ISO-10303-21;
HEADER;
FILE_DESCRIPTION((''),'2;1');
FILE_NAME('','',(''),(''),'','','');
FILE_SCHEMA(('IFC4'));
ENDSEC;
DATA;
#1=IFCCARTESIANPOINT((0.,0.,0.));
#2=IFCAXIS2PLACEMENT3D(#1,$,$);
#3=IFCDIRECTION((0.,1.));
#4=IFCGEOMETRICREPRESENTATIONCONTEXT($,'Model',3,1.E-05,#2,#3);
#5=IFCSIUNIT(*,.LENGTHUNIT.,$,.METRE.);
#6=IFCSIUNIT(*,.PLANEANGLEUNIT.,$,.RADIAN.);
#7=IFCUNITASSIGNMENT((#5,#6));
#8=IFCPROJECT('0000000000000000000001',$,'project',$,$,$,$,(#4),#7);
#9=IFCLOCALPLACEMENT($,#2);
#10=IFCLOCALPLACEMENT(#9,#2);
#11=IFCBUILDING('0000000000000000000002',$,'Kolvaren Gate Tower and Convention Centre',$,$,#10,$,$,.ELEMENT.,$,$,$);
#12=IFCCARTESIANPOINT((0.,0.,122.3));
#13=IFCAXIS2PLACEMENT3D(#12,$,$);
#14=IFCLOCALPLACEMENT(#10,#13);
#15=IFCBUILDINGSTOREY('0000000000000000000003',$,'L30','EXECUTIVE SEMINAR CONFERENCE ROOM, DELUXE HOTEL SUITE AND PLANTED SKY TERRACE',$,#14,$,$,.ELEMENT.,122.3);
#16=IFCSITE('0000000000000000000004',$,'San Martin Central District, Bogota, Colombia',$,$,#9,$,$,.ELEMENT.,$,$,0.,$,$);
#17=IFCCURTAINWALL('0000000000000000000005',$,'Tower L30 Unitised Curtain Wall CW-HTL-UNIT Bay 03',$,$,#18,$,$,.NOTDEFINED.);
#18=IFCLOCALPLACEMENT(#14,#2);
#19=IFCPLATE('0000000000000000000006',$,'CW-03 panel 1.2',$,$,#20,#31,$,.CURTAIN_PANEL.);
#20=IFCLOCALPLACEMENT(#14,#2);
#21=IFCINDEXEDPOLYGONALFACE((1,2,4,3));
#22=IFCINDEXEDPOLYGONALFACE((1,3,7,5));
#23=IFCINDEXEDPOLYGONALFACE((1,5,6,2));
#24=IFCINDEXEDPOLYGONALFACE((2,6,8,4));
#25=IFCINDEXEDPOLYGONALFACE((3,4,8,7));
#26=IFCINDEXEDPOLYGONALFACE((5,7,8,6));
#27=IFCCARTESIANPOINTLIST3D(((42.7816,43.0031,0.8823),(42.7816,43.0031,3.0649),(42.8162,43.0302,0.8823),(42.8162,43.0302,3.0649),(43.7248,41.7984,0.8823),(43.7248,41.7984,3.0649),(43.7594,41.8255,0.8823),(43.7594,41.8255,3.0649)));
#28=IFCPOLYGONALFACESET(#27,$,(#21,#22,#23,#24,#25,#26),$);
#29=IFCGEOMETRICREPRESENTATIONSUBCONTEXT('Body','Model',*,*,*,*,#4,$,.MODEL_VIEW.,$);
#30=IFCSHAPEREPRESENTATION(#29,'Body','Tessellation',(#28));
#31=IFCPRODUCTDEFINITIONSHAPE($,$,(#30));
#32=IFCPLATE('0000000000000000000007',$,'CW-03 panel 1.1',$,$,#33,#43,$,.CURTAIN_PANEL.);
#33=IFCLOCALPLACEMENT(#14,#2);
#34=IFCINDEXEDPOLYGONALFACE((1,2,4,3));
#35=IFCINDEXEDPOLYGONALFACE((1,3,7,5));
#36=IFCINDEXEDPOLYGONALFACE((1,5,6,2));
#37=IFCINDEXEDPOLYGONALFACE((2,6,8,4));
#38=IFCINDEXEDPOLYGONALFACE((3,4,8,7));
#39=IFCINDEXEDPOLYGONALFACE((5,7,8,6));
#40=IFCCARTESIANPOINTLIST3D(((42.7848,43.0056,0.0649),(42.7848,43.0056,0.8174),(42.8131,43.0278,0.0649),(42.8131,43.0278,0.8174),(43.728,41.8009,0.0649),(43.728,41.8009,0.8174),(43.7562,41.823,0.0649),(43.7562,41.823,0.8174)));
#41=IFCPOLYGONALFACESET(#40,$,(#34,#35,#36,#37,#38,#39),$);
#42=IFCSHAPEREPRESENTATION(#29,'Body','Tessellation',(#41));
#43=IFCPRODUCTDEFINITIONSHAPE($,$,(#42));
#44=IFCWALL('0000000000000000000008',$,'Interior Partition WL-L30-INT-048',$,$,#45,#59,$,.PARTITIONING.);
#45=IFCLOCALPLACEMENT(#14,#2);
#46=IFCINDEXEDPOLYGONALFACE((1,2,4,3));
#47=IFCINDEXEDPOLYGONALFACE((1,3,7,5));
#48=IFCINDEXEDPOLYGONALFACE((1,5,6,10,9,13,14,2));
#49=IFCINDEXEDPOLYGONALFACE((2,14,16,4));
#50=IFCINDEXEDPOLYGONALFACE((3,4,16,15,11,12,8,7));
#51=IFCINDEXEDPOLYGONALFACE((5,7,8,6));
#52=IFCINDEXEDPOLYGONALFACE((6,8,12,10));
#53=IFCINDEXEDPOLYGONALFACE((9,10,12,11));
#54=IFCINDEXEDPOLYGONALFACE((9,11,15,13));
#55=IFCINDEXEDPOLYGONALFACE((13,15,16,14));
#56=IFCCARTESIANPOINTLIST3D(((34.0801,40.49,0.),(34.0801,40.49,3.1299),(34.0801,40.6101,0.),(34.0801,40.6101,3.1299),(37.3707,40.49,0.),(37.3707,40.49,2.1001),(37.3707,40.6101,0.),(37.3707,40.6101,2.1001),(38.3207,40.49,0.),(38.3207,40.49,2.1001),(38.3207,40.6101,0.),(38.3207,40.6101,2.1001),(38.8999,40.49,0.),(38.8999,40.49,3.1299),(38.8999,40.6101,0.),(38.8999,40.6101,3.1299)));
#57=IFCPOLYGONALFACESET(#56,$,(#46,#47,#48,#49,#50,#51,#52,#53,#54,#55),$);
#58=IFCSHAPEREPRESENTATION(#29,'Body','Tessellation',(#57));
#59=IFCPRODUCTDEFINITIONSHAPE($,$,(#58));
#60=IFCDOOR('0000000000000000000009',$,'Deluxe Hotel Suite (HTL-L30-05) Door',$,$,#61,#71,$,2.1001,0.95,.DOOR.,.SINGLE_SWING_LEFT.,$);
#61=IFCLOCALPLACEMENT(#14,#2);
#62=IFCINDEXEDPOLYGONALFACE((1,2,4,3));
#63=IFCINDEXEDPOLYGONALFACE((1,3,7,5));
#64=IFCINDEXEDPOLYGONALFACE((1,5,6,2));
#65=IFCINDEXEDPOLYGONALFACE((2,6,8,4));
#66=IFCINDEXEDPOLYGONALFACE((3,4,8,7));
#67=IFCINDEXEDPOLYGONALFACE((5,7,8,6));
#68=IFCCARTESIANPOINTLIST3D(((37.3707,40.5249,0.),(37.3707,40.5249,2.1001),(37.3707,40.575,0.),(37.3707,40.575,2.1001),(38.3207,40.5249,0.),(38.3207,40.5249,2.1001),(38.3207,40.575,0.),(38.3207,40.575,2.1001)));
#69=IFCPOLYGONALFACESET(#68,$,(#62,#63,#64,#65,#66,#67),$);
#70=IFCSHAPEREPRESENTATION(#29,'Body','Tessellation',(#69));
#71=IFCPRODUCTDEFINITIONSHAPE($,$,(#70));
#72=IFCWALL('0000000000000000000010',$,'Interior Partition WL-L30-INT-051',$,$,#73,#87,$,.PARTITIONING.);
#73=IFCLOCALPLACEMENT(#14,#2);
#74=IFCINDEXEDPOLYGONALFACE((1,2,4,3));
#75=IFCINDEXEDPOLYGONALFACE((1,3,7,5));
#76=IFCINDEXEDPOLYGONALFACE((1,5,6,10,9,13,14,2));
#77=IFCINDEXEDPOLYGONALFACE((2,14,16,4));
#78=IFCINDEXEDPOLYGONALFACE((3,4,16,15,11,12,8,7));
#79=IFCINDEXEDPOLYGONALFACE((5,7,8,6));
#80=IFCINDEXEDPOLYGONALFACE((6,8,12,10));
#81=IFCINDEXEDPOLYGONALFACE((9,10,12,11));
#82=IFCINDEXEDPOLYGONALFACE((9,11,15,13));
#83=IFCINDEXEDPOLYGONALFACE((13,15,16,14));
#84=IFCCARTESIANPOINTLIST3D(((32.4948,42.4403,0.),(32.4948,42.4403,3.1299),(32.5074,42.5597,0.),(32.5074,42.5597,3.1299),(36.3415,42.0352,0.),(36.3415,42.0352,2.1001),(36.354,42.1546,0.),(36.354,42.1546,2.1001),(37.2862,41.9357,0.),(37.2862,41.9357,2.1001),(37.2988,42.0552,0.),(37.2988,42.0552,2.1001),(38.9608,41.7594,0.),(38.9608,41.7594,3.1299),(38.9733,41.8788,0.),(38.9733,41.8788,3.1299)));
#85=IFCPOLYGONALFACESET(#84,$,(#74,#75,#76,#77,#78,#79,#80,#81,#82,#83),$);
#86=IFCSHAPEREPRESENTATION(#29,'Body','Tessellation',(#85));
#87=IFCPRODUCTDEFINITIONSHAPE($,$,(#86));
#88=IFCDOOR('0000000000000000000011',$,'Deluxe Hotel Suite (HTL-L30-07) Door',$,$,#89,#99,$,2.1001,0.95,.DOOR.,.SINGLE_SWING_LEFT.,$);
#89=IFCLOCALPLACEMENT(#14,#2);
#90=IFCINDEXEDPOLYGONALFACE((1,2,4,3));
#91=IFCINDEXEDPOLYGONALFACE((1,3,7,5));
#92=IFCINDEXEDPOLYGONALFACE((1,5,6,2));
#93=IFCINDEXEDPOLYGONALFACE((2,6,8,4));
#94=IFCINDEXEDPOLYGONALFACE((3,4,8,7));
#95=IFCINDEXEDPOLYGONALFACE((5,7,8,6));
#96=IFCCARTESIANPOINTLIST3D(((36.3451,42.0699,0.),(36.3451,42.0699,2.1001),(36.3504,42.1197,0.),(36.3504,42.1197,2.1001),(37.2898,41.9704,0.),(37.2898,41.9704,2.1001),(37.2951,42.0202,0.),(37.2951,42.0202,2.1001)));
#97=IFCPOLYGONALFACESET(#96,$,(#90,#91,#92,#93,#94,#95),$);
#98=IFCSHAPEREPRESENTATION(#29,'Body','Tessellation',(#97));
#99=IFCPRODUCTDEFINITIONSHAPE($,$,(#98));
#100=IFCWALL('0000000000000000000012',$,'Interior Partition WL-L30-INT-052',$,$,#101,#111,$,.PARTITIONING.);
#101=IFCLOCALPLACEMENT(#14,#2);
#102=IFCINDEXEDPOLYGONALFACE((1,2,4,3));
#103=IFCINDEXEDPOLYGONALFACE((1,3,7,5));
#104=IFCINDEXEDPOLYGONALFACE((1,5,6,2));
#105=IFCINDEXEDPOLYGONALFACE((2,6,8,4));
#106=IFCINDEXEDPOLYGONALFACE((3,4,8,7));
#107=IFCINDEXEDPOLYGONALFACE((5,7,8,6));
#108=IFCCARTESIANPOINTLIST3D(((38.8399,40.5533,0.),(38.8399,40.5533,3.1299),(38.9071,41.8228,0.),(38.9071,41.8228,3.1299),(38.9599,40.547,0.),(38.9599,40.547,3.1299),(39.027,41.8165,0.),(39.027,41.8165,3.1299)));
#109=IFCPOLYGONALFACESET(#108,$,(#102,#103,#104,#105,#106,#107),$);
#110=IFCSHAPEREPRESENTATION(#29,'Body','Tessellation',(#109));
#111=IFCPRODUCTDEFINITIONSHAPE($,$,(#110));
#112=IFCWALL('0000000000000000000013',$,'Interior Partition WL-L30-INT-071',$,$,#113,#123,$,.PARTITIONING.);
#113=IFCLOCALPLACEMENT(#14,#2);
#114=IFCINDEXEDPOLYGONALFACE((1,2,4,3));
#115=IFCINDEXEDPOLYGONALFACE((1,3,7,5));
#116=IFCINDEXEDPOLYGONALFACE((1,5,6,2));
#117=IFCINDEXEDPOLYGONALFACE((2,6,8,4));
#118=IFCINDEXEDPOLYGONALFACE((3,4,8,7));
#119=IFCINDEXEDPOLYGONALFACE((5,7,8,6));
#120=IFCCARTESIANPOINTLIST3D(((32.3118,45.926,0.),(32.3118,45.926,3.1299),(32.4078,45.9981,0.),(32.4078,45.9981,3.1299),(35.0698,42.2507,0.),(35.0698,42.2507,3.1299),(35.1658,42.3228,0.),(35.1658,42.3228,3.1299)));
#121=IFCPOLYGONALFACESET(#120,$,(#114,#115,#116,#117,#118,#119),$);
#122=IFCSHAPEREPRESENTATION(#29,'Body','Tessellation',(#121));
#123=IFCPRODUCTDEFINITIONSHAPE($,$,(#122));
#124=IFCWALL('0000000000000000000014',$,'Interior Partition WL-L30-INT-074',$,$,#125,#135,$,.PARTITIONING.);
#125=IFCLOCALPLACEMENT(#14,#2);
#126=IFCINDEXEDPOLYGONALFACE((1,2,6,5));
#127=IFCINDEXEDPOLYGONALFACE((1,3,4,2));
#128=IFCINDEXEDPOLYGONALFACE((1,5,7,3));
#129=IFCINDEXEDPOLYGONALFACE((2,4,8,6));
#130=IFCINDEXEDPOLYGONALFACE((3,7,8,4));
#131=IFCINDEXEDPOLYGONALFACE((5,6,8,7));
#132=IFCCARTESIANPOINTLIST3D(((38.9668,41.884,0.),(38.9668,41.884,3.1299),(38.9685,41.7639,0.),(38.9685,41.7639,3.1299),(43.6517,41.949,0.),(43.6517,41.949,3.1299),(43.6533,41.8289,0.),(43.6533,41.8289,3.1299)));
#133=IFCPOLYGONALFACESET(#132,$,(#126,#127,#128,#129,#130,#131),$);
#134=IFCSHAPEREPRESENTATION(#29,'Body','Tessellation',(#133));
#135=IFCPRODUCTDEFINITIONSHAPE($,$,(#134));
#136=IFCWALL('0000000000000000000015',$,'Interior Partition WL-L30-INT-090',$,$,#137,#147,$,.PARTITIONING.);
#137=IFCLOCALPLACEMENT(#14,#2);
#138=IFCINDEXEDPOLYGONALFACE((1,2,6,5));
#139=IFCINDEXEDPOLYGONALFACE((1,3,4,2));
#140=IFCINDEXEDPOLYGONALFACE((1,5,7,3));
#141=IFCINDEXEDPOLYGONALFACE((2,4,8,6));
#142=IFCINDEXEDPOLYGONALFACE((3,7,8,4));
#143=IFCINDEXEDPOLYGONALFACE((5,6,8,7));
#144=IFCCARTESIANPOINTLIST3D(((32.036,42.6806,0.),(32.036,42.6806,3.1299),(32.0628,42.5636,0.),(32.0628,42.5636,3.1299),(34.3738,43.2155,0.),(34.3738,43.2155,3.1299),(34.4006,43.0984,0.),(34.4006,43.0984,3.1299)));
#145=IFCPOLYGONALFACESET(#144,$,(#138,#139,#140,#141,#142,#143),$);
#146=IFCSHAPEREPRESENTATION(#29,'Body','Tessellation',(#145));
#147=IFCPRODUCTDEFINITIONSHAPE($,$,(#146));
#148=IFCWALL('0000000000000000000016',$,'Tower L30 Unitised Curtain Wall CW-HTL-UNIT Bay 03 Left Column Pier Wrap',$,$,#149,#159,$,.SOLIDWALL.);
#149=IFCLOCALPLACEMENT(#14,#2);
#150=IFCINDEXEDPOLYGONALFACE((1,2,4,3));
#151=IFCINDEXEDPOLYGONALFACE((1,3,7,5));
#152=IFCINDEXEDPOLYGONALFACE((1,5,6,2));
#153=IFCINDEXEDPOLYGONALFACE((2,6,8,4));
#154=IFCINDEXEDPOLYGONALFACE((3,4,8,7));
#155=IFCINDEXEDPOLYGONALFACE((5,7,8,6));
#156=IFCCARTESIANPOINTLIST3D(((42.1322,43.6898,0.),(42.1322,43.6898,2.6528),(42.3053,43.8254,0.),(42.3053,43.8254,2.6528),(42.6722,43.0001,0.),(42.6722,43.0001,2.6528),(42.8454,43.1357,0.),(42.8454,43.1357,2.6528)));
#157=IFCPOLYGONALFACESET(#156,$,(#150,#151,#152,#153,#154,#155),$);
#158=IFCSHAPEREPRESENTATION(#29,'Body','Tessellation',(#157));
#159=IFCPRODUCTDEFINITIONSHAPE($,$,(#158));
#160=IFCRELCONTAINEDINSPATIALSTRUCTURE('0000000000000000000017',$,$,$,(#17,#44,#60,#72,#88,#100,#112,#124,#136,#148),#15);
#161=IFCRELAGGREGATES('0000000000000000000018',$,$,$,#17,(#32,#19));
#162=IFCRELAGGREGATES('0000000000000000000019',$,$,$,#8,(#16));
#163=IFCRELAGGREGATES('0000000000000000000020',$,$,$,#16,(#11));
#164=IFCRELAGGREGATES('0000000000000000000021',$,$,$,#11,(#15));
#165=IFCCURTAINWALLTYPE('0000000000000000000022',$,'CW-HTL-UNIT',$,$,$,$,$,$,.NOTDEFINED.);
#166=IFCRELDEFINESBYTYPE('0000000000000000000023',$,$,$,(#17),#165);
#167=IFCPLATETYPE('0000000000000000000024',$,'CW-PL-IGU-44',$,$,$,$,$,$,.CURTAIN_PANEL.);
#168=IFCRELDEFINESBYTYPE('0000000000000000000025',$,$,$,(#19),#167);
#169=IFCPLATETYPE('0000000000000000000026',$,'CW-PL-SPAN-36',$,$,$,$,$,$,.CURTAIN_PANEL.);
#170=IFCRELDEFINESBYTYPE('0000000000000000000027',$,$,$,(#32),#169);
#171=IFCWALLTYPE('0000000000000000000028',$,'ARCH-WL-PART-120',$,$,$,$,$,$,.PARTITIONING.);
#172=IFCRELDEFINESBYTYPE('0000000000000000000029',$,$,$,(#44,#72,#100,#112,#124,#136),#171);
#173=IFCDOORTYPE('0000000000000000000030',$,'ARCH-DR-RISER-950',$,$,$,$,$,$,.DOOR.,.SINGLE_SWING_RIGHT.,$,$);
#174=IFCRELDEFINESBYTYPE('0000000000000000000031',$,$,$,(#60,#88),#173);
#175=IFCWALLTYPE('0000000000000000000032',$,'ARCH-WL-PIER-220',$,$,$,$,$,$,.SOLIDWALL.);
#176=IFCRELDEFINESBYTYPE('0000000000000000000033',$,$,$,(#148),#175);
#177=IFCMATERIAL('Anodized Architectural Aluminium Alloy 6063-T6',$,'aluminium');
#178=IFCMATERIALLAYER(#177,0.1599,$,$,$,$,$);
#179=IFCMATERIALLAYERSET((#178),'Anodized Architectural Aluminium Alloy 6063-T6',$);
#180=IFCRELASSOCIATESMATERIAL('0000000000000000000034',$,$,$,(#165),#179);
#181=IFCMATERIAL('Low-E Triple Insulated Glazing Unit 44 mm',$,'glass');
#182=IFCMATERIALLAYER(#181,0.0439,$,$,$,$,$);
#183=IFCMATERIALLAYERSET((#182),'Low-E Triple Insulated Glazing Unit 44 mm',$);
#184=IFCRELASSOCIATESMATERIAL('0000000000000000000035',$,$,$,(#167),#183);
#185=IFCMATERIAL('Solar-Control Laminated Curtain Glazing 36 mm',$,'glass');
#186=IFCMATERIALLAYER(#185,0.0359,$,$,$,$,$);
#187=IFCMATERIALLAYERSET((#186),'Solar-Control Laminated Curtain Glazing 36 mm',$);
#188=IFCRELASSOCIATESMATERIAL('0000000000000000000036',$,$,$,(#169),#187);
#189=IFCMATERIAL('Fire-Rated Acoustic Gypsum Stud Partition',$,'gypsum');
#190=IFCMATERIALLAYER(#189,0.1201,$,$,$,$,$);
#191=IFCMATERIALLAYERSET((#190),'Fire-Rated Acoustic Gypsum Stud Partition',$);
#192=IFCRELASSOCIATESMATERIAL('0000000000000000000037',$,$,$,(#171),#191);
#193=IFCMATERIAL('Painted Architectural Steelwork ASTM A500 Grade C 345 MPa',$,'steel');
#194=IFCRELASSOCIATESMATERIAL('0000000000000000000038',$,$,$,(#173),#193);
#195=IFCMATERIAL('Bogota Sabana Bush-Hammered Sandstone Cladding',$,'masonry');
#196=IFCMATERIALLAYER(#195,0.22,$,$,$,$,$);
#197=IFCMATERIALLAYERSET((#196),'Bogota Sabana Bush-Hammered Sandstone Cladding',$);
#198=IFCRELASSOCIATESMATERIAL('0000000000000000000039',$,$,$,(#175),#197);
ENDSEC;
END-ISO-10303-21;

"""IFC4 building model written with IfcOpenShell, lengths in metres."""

from ifc_helpers import new_model, si_unit, direction, frame, frame_2d, origin, origin_2d, place, context, subcontext, project, spatial, rectangle, extrude, material, layer, layer_set, type_object, element, fill, aggregate, save


model = new_model("IFC4")

# Units and contexts
model_context = context("Model", 3, precision=1e-05, world=origin(), true_north=direction((0.0, 1.0)))
body_context = subcontext(model_context, "Body", "Model", "MODEL_VIEW")
ifc_project = project(units=[si_unit("LENGTHUNIT", "METRE"), si_unit("PLANEANGLEUNIT", "RADIAN")], contexts=[model_context])

# Site, building, storey
site_placement = place(None, origin())
site = spatial("IfcSite", under=ifc_project, at=site_placement, Name="San Martin Central District, Bogota, Colombia", CompositionType="ELEMENT", RefElevation=0.0)
building_placement = place(site_placement, origin())
building = spatial("IfcBuilding", under=site, at=building_placement, Name="Kolvaren Gate Tower and Convention Centre", CompositionType="ELEMENT")
storey_placement = place(building_placement, frame((0.0, 0.0, 122.3)))
storey = spatial("IfcBuildingStorey", under=building, at=storey_placement, Name="L30", Description="EXECUTIVE SEMINAR CONFERENCE ROOM, DELUXE HOTEL SUITE AND PLANTED SKY TERRACE", CompositionType="ELEMENT", Elevation=122.3)

# Curtain wall
ifc_material_1 = material(Name="Anodized Architectural Aluminium Alloy 6063-T6", Category="aluminium")
ifc_layer_1 = layer(ifc_material_1, 0.1599)
ifc_layer_set_1 = layer_set([ifc_layer_1], Name="Anodized Architectural Aluminium Alloy 6063-T6")
curtain_wall_type = type_object("IfcCurtainWallType", Name="CW-HTL-UNIT", PredefinedType="NOTDEFINED", material=ifc_layer_set_1)
curtain_wall_placement = place(storey_placement, origin())
curtain_wall = element("IfcCurtainWall", 1, at=curtain_wall_placement, inside=storey, type_object=curtain_wall_type, Name="Tower L30 Unitised Curtain Wall CW-HTL-UNIT Bay 03", PredefinedType="NOTDEFINED")

# Plates
ifc_material_2 = material(Name="Low-E Triple Insulated Glazing Unit 44 mm", Category="glass")
ifc_layer_2 = layer(ifc_material_2, 0.0439)
ifc_layer_set_2 = layer_set([ifc_layer_2], Name="Low-E Triple Insulated Glazing Unit 44 mm")
plate_type_1 = type_object("IfcPlateType", Name="CW-PL-IGU-44", PredefinedType="CURTAIN_PANEL", material=ifc_layer_set_2)
plate_1_placement = place(storey_placement, frame((43.2705, 42.4143, 0.8823), z_axis=(0.0, 0.0, 1.0), x_axis=(0.616426, -0.787413, 0.0)))
plate_1 = element("IfcPlate", 2, at=plate_1_placement, type_object=plate_type_1, Name="CW-03 panel 1.2", PredefinedType="CURTAIN_PANEL", context=body_context, shape_type="SweptSolid", body=[
    extrude(rectangle(XDim=1.53, YDim=0.0439, at=origin_2d()), origin(), (0.0, 0.0, 1.0), 2.1826),
])
ifc_material_3 = material(Name="Solar-Control Laminated Curtain Glazing 36 mm", Category="glass")
ifc_layer_3 = layer(ifc_material_3, 0.0359)
ifc_layer_set_3 = layer_set([ifc_layer_3], Name="Solar-Control Laminated Curtain Glazing 36 mm")
plate_type_2 = type_object("IfcPlateType", Name="CW-PL-SPAN-36", PredefinedType="CURTAIN_PANEL", material=ifc_layer_set_3)
plate_2_placement = place(storey_placement, frame((43.2705, 42.4143, 0.0649), z_axis=(0.0, 0.0, 1.0), x_axis=(0.616426, -0.787413, 0.0)))
plate_2 = element("IfcPlate", 3, at=plate_2_placement, type_object=plate_type_2, Name="CW-03 panel 1.1", PredefinedType="CURTAIN_PANEL", context=body_context, shape_type="SweptSolid", body=[
    extrude(rectangle(XDim=1.53, YDim=0.0359, at=origin_2d()), origin(), (0.0, 0.0, 1.0), 0.7524),
])
aggregate(curtain_wall, [plate_2, plate_1])

# Walls, openings, doors
ifc_material_4 = material(Name="Fire-Rated Acoustic Gypsum Stud Partition", Category="gypsum")
ifc_layer_4 = layer(ifc_material_4, 0.1201)
ifc_layer_set_4 = layer_set([ifc_layer_4], Name="Fire-Rated Acoustic Gypsum Stud Partition")
wall_type_1 = type_object("IfcWallType", Name="ARCH-WL-PART-120", PredefinedType="PARTITIONING", material=ifc_layer_set_4)
wall_1_placement = place(storey_placement, frame((34.0801, 40.55, 0.0), z_axis=(0.0, 0.0, 1.0), x_axis=(1.0, 0.0, 0.0)))
wall_1 = element("IfcWall", 4, at=wall_1_placement, inside=storey, type_object=wall_type_1, Name="Interior Partition WL-L30-INT-048", PredefinedType="PARTITIONING", context=body_context, shape_type="SweptSolid", body=[
    extrude(rectangle(XDim=4.8198, YDim=0.1201, at=frame_2d((2.4099, 0.0))), origin(), (0.0, 0.0, 1.0), 3.1299),
])
opening_1_placement = place(wall_1_placement, frame((3.2905, 0.0, 0.0)))
opening_1 = element("IfcOpeningElement", 5, at=opening_1_placement, cuts=wall_1, PredefinedType="OPENING", context=body_context, shape_type="SweptSolid", body=[
    extrude(rectangle(XDim=0.95, YDim=2.1001, at=frame_2d((0.4751, 1.05))), frame((0.0, 0.0701, 0.0), z_axis=(0.0, -1.0, 0.0), x_axis=(1.0, 0.0, 0.0)), (0.0, 0.0, 1.0), 0.1401),
])
ifc_material_5 = material(Name="Painted Architectural Steelwork ASTM A500 Grade C 345 MPa", Category="steel")
door_type_1 = type_object("IfcDoorType", Name="ARCH-DR-RISER-950", OperationType="SINGLE_SWING_RIGHT", PredefinedType="DOOR", material=ifc_material_5)
door_1_placement = place(opening_1_placement, origin())
door_1 = element("IfcDoor", 6, at=door_1_placement, inside=storey, type_object=door_type_1, Name="Deluxe Hotel Suite (HTL-L30-05) Door", OperationType="SINGLE_SWING_LEFT", OverallHeight=2.1001, OverallWidth=0.95, PredefinedType="DOOR", context=body_context, shape_type="SweptSolid", body=[
    extrude(rectangle(XDim=0.95, YDim=2.1001, at=frame_2d((0.4751, 1.05))), frame((0.0, 0.0249, 0.0), z_axis=(0.0, -1.0, 0.0), x_axis=(1.0, 0.0, 0.0)), (0.0, 0.0, 1.0), 0.05),
])
fill(opening_1, door_1)
wall_2_placement = place(storey_placement, frame((32.501, 42.5, 0.0), z_axis=(0.0, 0.0, 1.0), x_axis=(0.994501, -0.104726, 0.0)))
wall_2 = element("IfcWall", 7, at=wall_2_placement, inside=storey, type_object=wall_type_1, Name="Interior Partition WL-L30-INT-051", PredefinedType="PARTITIONING", context=body_context, shape_type="SweptSolid", body=[
    extrude(rectangle(XDim=6.5017, YDim=0.1201, at=frame_2d((3.251, 0.0))), origin(), (0.0, 0.0, 1.0), 3.1299),
])
opening_2_placement = place(wall_2_placement, frame((3.8679, 0.0, 0.0)))
opening_2 = element("IfcOpeningElement", 8, at=opening_2_placement, cuts=wall_2, PredefinedType="OPENING", context=body_context, shape_type="SweptSolid", body=[
    extrude(rectangle(XDim=0.95, YDim=2.1001, at=frame_2d((0.4751, 1.05))), frame((0.0, 0.0701, 0.0), z_axis=(0.0, -1.0, 0.0), x_axis=(1.0, 0.0, 0.0)), (0.0, 0.0, 1.0), 0.1401),
])
door_2_placement = place(opening_2_placement, origin())
door_2 = element("IfcDoor", 9, at=door_2_placement, inside=storey, type_object=door_type_1, Name="Deluxe Hotel Suite (HTL-L30-07) Door", OperationType="SINGLE_SWING_LEFT", OverallHeight=2.1001, OverallWidth=0.95, PredefinedType="DOOR", context=body_context, shape_type="SweptSolid", body=[
    extrude(rectangle(XDim=0.95, YDim=2.1001, at=frame_2d((0.4751, 1.05))), frame((0.0, 0.0249, 0.0), z_axis=(0.0, -1.0, 0.0), x_axis=(1.0, 0.0, 0.0)), (0.0, 0.0, 1.0), 0.05),
])
fill(opening_2, door_2)

# Walls
wall_3_placement = place(storey_placement, frame((38.8999, 40.55, 0.0), z_axis=(0.0, 0.0, 1.0), x_axis=(0.052811, 0.998605, 0.0)))
element("IfcWall", 10, at=wall_3_placement, inside=storey, type_object=wall_type_1, Name="Interior Partition WL-L30-INT-052", PredefinedType="PARTITIONING", context=body_context, shape_type="SweptSolid", body=[
    extrude(rectangle(XDim=1.2712, YDim=0.1201, at=frame_2d((0.6357, 0.0))), origin(), (0.0, 0.0, 1.0), 3.1299),
])
wall_4_placement = place(storey_placement, frame((32.3599, 45.9619, 0.0), z_axis=(0.0, 0.0, 1.0), x_axis=(0.600221, -0.799834, 0.0)))
element("IfcWall", 11, at=wall_4_placement, inside=storey, type_object=wall_type_1, Name="Interior Partition WL-L30-INT-071", PredefinedType="PARTITIONING", context=body_context, shape_type="SweptSolid", body=[
    extrude(rectangle(XDim=4.595, YDim=0.1201, at=frame_2d((2.2974, 0.0))), origin(), (0.0, 0.0, 1.0), 3.1299),
])
wall_5_placement = place(storey_placement, frame((38.9675, 41.824, 0.0), z_axis=(0.0, 0.0, 1.0), x_axis=(0.999904, 0.013861, 0.0)))
element("IfcWall", 12, at=wall_5_placement, inside=storey, type_object=wall_type_1, Name="Interior Partition WL-L30-INT-074", PredefinedType="PARTITIONING", context=body_context, shape_type="SweptSolid", body=[
    extrude(rectangle(XDim=4.6853, YDim=0.1201, at=frame_2d((2.3428, 0.0))), origin(), (0.0, 0.0, 1.0), 3.1299),
])
wall_6_placement = place(storey_placement, frame((32.0493, 42.6221, 0.0), z_axis=(0.0, 0.0, 1.0), x_axis=(0.97481, 0.223038, 0.0)))
element("IfcWall", 13, at=wall_6_placement, inside=storey, type_object=wall_type_1, Name="Interior Partition WL-L30-INT-090", PredefinedType="PARTITIONING", context=body_context, shape_type="SweptSolid", body=[
    extrude(rectangle(XDim=2.3982, YDim=0.1201, at=frame_2d((1.1992, 0.0))), origin(), (0.0, 0.0, 1.0), 3.1299),
])
ifc_material_6 = material(Name="Bogota Sabana Bush-Hammered Sandstone Cladding", Category="masonry")
ifc_layer_5 = layer(ifc_material_6, 0.22)
ifc_layer_set_5 = layer_set([ifc_layer_5], Name="Bogota Sabana Bush-Hammered Sandstone Cladding")
wall_type_2 = type_object("IfcWallType", Name="ARCH-WL-PIER-220", PredefinedType="SOLIDWALL", material=ifc_layer_set_5)
wall_7_placement = place(storey_placement, frame((42.2188, 43.7576, 0.0), z_axis=(0.0, 0.0, 1.0), x_axis=(0.616504, -0.787352, 0.0)))
element("IfcWall", 14, at=wall_7_placement, inside=storey, type_object=wall_type_2, Name="Tower L30 Unitised Curtain Wall CW-HTL-UNIT Bay 03 Left Column Pier Wrap", PredefinedType="SOLIDWALL", context=body_context, shape_type="SweptSolid", body=[
    extrude(rectangle(XDim=0.876, YDim=0.22, at=frame_2d((0.438, 0.0))), origin(), (0.0, 0.0, 1.0), 2.6528),
])

save(model, "model.ifc")
